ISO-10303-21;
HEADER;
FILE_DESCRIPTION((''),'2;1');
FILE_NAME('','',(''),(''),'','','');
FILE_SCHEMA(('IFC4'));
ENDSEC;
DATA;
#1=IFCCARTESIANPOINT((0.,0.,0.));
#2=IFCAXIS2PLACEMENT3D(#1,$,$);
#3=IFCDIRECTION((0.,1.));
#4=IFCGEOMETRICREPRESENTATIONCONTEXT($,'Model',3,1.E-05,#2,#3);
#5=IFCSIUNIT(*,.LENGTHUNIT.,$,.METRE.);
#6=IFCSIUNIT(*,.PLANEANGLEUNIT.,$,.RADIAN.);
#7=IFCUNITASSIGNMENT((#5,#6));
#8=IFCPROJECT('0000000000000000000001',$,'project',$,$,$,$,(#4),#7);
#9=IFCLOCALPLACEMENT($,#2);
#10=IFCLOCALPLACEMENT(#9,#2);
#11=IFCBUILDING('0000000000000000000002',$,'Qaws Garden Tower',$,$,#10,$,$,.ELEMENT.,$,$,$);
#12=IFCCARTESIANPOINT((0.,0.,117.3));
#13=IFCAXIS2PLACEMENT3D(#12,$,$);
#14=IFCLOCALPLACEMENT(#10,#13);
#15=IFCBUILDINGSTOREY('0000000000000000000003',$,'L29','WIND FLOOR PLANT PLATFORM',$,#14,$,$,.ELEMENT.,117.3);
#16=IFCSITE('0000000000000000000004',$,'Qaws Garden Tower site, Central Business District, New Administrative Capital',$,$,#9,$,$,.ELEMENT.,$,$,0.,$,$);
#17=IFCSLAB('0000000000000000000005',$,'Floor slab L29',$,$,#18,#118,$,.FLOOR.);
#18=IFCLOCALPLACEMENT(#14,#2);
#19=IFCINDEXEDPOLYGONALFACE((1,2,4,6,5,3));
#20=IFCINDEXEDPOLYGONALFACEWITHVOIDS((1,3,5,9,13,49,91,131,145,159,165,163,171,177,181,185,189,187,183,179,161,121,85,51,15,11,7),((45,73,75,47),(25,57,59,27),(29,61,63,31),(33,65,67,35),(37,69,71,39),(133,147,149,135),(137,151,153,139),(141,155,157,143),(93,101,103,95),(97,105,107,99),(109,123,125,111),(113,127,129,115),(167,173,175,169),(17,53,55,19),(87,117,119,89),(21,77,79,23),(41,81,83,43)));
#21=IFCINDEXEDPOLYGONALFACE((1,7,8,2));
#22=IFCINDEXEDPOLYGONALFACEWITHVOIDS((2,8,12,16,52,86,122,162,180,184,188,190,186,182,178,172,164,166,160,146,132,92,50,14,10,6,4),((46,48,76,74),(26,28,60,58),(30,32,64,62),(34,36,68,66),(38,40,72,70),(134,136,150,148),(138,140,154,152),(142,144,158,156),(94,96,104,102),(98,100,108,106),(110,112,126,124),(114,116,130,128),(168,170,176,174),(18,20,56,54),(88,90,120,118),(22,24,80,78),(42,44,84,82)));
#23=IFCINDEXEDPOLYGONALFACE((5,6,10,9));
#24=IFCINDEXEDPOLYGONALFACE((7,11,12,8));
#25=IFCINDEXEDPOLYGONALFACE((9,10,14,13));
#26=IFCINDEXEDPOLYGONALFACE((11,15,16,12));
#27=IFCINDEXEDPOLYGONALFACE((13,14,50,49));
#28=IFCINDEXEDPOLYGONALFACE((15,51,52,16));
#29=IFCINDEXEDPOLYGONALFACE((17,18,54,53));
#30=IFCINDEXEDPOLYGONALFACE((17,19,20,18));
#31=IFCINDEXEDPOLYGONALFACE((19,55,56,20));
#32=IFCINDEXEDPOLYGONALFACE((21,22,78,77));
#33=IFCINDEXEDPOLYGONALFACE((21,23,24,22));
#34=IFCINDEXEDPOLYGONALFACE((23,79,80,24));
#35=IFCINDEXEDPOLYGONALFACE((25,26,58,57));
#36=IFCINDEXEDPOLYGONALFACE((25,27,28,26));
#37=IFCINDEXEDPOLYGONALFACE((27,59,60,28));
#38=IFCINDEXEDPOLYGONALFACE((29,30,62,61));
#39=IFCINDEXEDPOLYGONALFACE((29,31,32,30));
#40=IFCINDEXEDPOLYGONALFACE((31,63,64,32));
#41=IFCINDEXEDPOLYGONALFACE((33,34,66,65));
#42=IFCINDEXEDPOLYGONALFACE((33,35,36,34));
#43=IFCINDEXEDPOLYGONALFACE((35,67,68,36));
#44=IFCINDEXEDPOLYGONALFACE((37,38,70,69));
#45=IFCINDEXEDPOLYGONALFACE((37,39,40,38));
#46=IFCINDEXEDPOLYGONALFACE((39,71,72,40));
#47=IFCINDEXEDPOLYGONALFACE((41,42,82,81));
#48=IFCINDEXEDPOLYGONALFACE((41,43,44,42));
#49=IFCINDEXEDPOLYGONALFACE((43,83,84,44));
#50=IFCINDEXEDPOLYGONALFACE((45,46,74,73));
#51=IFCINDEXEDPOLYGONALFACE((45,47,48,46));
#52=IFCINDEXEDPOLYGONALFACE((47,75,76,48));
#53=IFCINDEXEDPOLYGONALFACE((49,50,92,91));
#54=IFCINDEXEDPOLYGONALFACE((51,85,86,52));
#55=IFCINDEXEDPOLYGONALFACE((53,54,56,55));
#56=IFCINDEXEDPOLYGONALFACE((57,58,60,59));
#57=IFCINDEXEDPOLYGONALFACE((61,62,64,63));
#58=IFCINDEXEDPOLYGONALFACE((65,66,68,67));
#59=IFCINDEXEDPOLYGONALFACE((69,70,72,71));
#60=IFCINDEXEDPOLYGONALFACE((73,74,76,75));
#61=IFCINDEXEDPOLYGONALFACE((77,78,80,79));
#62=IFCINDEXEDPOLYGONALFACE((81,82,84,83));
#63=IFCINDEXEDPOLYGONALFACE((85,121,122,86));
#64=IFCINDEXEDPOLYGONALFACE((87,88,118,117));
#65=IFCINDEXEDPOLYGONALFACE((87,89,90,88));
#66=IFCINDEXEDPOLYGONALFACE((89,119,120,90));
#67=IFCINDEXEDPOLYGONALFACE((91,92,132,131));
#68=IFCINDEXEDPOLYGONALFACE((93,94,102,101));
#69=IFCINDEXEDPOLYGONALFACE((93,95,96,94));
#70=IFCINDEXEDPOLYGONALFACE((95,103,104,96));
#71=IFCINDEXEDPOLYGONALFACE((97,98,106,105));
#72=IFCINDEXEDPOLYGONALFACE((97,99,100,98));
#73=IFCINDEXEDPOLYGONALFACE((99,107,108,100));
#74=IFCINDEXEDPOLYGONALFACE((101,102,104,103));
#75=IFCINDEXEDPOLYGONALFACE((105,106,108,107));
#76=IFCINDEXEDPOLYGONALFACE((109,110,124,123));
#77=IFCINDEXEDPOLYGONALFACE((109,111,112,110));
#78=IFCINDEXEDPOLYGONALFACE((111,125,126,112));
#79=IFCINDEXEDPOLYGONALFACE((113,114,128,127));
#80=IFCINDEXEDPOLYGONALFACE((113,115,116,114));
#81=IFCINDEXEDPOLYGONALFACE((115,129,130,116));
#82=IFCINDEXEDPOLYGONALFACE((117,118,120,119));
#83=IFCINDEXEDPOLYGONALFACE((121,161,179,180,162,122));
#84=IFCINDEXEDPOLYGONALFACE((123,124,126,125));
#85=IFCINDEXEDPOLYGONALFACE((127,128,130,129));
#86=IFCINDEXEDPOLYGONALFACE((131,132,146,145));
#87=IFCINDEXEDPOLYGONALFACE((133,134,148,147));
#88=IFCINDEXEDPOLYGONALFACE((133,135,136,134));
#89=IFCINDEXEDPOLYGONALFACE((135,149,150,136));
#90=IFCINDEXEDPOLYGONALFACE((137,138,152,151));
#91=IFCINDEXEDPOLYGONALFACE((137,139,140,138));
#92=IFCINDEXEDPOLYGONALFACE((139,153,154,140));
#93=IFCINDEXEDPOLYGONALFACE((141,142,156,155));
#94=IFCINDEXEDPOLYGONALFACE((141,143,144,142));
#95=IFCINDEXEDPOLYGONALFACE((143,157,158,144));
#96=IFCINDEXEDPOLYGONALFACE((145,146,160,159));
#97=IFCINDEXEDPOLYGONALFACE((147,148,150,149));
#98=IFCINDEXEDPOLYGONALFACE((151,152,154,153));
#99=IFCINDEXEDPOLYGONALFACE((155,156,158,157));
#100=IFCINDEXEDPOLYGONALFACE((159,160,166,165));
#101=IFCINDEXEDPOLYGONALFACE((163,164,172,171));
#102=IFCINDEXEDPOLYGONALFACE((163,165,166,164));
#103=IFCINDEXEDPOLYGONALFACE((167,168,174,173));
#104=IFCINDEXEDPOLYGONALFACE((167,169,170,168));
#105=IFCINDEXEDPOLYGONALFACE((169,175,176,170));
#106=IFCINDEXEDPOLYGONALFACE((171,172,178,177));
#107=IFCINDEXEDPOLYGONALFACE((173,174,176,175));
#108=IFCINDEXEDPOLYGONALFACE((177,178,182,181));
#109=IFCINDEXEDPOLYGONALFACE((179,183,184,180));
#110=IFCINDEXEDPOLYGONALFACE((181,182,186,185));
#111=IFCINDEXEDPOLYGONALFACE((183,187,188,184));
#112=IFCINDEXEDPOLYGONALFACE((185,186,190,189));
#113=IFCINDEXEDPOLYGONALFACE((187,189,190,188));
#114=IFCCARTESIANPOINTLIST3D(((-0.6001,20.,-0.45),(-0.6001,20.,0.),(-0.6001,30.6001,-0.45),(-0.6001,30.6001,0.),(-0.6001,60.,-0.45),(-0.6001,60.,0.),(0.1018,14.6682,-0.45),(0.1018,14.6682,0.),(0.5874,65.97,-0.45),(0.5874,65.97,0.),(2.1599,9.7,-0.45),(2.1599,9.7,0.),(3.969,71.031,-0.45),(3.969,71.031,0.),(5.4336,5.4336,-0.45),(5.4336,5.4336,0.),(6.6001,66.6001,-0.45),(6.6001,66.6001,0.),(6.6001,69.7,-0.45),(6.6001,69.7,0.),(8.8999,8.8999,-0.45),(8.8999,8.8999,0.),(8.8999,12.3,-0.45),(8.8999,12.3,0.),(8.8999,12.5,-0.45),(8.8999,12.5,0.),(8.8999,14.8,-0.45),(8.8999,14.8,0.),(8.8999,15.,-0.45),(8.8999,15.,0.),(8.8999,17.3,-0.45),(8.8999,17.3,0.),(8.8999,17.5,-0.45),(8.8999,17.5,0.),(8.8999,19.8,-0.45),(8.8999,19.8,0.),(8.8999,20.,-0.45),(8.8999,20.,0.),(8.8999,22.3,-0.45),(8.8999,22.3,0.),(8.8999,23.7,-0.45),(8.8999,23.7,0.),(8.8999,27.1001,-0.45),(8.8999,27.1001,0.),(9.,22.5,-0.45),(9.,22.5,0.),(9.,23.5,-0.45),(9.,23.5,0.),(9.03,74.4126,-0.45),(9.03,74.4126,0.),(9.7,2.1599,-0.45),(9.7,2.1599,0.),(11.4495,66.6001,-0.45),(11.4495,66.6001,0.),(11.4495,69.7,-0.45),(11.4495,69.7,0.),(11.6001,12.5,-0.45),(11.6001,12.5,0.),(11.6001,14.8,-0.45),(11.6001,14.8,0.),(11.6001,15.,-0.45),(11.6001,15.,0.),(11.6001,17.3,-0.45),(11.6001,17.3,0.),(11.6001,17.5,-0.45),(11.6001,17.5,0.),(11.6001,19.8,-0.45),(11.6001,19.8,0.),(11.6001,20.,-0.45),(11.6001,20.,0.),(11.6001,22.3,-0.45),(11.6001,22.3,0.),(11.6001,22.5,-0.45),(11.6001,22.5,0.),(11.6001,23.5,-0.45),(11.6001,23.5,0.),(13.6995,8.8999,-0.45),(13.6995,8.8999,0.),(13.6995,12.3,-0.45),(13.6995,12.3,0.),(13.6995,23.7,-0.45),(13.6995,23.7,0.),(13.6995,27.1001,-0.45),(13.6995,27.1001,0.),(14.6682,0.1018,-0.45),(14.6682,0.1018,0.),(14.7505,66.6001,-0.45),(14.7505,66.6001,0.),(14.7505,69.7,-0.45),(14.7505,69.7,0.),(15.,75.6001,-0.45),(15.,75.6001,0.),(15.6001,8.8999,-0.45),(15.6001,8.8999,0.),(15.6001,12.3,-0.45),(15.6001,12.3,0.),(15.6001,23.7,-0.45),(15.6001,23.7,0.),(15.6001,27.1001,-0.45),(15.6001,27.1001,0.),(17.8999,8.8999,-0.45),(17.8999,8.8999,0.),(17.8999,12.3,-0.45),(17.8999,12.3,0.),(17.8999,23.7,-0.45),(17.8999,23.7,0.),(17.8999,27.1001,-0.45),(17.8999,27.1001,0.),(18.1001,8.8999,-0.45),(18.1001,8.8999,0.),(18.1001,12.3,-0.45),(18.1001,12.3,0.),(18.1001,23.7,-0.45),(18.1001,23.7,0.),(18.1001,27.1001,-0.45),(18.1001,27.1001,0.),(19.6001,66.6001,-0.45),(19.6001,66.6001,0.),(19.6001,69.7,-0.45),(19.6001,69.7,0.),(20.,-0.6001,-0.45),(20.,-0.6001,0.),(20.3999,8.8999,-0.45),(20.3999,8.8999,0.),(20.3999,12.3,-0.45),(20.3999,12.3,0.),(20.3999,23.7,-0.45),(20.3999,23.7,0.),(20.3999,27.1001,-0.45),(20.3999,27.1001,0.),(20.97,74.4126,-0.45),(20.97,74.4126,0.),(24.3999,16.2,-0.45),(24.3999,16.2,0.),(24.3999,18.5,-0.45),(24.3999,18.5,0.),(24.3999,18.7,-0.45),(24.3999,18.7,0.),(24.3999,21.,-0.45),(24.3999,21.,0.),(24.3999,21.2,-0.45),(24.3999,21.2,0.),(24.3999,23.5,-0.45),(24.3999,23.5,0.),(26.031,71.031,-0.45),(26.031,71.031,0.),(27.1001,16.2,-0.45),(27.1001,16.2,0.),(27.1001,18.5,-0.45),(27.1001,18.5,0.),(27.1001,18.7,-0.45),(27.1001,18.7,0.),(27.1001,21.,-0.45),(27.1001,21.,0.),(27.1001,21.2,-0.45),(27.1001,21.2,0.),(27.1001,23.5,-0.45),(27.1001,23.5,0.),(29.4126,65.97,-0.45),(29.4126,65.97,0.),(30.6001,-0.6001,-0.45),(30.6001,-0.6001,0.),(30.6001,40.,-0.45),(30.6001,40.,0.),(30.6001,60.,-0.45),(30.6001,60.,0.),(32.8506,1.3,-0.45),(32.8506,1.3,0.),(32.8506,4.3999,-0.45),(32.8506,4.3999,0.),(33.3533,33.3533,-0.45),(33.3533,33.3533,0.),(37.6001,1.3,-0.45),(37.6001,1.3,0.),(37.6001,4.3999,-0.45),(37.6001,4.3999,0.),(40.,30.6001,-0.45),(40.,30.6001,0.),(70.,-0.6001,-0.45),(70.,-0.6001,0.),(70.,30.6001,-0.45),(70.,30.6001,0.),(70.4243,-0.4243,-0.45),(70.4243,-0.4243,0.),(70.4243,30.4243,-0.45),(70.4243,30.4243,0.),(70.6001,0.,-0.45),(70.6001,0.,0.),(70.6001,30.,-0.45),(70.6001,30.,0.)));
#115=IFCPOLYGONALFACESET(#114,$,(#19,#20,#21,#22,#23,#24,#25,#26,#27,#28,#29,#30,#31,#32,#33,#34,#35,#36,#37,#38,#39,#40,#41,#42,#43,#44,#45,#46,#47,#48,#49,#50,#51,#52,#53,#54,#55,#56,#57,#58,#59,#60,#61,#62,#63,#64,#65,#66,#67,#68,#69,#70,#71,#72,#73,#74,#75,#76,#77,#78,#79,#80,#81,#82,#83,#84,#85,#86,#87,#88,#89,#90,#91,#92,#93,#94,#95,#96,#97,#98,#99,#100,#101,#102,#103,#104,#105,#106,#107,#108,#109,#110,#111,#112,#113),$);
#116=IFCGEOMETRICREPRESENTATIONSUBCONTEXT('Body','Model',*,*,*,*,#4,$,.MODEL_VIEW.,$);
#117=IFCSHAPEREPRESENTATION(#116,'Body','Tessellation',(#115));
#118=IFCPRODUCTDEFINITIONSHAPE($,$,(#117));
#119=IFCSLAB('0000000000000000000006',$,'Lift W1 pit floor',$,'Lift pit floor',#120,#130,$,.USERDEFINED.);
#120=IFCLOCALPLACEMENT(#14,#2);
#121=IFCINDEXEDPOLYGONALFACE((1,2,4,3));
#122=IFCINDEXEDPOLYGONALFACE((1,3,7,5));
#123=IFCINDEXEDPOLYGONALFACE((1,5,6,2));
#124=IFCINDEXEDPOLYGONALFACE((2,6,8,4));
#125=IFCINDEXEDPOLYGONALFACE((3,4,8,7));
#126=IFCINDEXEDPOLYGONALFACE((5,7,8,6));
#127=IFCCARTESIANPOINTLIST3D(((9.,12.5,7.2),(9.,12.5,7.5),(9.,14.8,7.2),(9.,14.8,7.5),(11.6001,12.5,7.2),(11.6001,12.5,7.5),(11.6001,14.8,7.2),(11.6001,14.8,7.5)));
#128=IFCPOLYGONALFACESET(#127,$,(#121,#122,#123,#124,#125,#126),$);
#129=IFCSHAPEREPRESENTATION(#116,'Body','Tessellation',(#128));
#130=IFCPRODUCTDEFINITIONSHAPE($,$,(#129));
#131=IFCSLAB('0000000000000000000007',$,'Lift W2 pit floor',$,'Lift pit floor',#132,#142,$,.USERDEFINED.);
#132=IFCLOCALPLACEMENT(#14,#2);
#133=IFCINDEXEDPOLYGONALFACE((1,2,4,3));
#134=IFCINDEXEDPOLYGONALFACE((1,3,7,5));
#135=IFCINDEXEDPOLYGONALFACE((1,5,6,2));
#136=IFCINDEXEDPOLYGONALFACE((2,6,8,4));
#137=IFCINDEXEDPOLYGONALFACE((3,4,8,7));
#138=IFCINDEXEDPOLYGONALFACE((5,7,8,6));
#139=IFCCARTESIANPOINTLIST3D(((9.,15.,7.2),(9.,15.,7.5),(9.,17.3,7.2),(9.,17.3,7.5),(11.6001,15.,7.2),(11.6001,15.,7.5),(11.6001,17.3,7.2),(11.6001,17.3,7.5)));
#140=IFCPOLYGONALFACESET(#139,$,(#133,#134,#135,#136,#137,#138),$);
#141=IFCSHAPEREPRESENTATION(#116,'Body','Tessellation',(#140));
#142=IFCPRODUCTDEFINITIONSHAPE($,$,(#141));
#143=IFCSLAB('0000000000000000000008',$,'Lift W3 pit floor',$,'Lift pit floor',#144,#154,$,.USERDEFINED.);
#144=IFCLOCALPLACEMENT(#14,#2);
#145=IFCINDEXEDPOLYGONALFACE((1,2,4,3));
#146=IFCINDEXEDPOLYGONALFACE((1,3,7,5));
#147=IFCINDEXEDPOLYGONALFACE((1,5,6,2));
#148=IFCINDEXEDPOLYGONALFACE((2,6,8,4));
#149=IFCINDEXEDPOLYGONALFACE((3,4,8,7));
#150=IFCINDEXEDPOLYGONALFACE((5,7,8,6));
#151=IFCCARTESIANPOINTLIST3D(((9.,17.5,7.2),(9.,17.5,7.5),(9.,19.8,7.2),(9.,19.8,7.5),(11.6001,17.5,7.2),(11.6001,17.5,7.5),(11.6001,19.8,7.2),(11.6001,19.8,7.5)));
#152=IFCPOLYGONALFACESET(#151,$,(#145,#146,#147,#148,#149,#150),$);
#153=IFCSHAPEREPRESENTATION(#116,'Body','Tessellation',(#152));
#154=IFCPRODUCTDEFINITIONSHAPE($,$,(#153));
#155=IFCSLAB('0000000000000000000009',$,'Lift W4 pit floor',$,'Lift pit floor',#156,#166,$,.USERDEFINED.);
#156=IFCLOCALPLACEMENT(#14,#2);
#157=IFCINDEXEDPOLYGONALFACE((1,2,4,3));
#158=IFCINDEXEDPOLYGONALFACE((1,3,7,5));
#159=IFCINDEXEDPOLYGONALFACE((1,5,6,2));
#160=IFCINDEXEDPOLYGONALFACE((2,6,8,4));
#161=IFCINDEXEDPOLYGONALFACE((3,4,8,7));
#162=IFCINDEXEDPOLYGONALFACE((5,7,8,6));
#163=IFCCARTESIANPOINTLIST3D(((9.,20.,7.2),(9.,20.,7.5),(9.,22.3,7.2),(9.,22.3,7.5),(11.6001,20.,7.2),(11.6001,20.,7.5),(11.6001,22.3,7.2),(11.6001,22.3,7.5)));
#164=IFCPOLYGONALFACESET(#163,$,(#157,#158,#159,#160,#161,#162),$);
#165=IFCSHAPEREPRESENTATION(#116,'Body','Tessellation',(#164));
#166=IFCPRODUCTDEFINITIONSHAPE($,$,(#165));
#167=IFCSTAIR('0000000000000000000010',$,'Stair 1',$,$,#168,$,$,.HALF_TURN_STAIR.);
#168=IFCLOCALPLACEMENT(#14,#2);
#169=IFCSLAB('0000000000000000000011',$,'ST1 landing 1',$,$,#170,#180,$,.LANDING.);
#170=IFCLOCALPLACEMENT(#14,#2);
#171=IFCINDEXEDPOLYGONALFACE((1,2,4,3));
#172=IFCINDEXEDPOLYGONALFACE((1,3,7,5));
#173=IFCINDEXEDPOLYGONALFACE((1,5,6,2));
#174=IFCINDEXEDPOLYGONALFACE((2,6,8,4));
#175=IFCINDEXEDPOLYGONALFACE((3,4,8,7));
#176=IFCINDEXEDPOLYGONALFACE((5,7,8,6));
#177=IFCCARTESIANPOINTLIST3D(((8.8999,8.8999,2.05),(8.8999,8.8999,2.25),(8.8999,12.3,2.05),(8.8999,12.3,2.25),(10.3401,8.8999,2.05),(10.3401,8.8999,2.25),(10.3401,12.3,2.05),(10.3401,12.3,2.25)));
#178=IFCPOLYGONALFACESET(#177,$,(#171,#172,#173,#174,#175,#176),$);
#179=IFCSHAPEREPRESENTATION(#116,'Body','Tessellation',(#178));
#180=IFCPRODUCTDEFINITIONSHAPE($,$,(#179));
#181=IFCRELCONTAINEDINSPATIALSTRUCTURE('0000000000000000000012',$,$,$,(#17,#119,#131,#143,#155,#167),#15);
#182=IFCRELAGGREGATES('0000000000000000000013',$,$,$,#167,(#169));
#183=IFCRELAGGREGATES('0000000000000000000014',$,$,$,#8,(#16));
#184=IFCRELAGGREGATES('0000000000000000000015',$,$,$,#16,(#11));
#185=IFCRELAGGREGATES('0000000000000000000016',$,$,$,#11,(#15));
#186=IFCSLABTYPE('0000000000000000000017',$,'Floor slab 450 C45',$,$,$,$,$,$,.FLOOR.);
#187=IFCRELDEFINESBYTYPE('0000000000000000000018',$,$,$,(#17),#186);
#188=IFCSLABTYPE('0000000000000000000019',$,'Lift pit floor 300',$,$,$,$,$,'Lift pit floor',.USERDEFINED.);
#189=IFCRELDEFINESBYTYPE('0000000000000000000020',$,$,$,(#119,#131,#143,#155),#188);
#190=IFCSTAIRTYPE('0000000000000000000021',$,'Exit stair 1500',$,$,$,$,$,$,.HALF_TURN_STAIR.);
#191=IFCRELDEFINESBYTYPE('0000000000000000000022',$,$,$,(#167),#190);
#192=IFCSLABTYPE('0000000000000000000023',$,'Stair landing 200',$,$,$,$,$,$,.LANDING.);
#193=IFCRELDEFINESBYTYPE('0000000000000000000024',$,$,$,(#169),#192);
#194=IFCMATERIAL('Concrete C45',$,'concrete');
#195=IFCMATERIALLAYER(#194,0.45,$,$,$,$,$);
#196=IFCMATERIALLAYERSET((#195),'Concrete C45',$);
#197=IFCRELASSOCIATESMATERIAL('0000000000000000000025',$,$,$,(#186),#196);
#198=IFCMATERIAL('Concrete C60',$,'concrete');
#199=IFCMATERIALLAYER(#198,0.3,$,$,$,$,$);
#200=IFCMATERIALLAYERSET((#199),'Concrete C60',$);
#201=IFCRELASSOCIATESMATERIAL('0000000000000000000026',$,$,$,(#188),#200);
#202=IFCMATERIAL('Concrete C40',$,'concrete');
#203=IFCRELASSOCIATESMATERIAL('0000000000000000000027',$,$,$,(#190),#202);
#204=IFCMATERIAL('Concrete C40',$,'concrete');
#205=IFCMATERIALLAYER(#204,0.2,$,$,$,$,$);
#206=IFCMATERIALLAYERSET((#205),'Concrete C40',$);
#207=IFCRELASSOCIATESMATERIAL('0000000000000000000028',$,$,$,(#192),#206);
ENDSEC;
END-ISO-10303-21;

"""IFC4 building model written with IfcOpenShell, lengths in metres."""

from ifc_helpers import new_model, si_unit, direction, frame, origin, place, context, subcontext, project, spatial, polyline, outline, extrude, material, layer, layer_set, type_object, element, aggregate, save


model = new_model("IFC4")

# Units and contexts
model_context = context("Model", 3, precision=1e-05, world=origin(), true_north=direction((0.0, 1.0)))
body_context = subcontext(model_context, "Body", "Model", "MODEL_VIEW")
ifc_project = project(units=[si_unit("LENGTHUNIT", "METRE"), si_unit("PLANEANGLEUNIT", "RADIAN")], contexts=[model_context])

# Site, building, storey
site_placement = place(None, origin())
site = spatial("IfcSite", under=ifc_project, at=site_placement, Name="Qaws Garden Tower site, Central Business District, New Administrative Capital", CompositionType="ELEMENT", RefElevation=0.0)
building_placement = place(site_placement, origin())
building = spatial("IfcBuilding", under=site, at=building_placement, Name="Qaws Garden Tower", CompositionType="ELEMENT")
storey_placement = place(building_placement, frame((0.0, 0.0, 117.3)))
storey = spatial("IfcBuildingStorey", under=building, at=storey_placement, Name="L29", Description="WIND FLOOR PLANT PLATFORM", CompositionType="ELEMENT", Elevation=117.3)

# Slabs
ifc_material_1 = material(Name="Concrete C45", Category="concrete")
ifc_layer_1 = layer(ifc_material_1, 0.45)
ifc_layer_set_1 = layer_set([ifc_layer_1], Name="Concrete C45")
slab_type_1 = type_object("IfcSlabType", Name="Floor slab 450 C45", PredefinedType="FLOOR", material=ifc_layer_set_1)
slab_1_placement = place(storey_placement, frame((0.0, 0.0, -0.45)))
element("IfcSlab", 1, at=slab_1_placement, inside=storey, type_object=slab_type_1, Name="Floor slab L29", PredefinedType="FLOOR", context=body_context, shape_type="SweptSolid", body=[
    extrude(outline(polyline([(0.1018, 14.6682), (-0.6001, 20.0), (-0.6001, 30.6001), (-0.6001, 60.0), (-0.6001, 60.0), (0.5874, 65.97), (3.969, 71.031), (9.03, 74.4126), (15.0, 75.6001), (20.97, 74.4126), (26.031, 71.031), (29.4126, 65.97), (30.6001, 60.0), (30.6001, 40.0), (33.3533, 33.3533), (40.0, 30.6001), (70.0, 30.6001), (70.4243, 30.4243), (70.6001, 30.0), (70.6001, 0.0), (70.4243, -0.4243), (70.0, -0.6001), (30.6001, -0.6001), (20.0, -0.6001), (14.6682, 0.1018), (9.7, 2.1599), (5.4336, 5.4336), (2.1599, 9.7), (0.1018, 14.6682)]), holes=[polyline([(13.6995, 12.3), (8.8999, 12.3), (8.8999, 8.8999), (13.6995, 8.8999), (13.6995, 12.3)]), polyline([(17.8999, 12.3), (15.6001, 12.3), (15.6001, 8.8999), (17.8999, 8.8999), (17.8999, 12.3)]), polyline([(11.6001, 14.8), (8.8999, 14.8), (8.8999, 12.5), (11.6001, 12.5), (11.6001, 14.8)]), polyline([(11.6001, 17.3), (8.8999, 17.3), (8.8999, 15.0), (11.6001, 15.0), (11.6001, 17.3)]), polyline([(11.6001, 19.8), (8.8999, 19.8), (8.8999, 17.5), (11.6001, 17.5), (11.6001, 19.8)]), polyline([(11.6001, 22.3), (8.8999, 22.3), (8.8999, 20.0), (11.6001, 20.0), (11.6001, 22.3)]), polyline([(11.6001, 23.5), (9.0, 23.5), (9.0, 22.5), (11.6001, 22.5), (11.6001, 23.5)]), polyline([(13.6995, 27.1001), (8.8999, 27.1001), (8.8999, 23.7), (13.6995, 23.7), (13.6995, 27.1001)]), polyline([(11.4495, 69.7), (6.6001, 69.7), (6.6001, 66.6001), (11.4495, 66.6001), (11.4495, 69.7)]), polyline([(37.6001, 4.3999), (32.8506, 4.3999), (32.8506, 1.3), (37.6001, 1.3), (37.6001, 4.3999)]), polyline([(20.3999, 12.3), (18.1001, 12.3), (18.1001, 8.8999), (20.3999, 8.8999), (20.3999, 12.3)]), polyline([(27.1001, 18.5), (24.3999, 18.5), (24.3999, 16.2), (27.1001, 16.2), (27.1001, 18.5)]), polyline([(27.1001, 21.0), (24.3999, 21.0), (24.3999, 18.7), (27.1001, 18.7), (27.1001, 21.0)]), polyline([(27.1001, 23.5), (24.3999, 23.5), (24.3999, 21.2), (27.1001, 21.2), (27.1001, 23.5)]), polyline([(17.8999, 27.1001), (15.6001, 27.1001), (15.6001, 23.7), (17.8999, 23.7), (17.8999, 27.1001)]), polyline([(20.3999, 23.7), (20.3999, 27.1001), (18.1001, 27.1001), (18.1001, 23.7), (20.3999, 23.7)]), polyline([(19.6001, 66.6001), (19.6001, 69.7), (14.7505, 69.7), (14.7505, 66.6001), (19.6001, 66.6001)])]), origin(), (0.0, 0.0, 1.0), 0.45),
])
ifc_material_2 = material(Name="Concrete C60", Category="concrete")
ifc_layer_2 = layer(ifc_material_2, 0.3)
ifc_layer_set_2 = layer_set([ifc_layer_2], Name="Concrete C60")
slab_type_2 = type_object("IfcSlabType", Name="Lift pit floor 300", ElementType="Lift pit floor", PredefinedType="USERDEFINED", material=ifc_layer_set_2)
placement_1 = place(storey_placement, frame((0.0, 0.0, 7.2)))
element("IfcSlab", 2, at=placement_1, inside=storey, type_object=slab_type_2, Name="Lift W1 pit floor", ObjectType="Lift pit floor", PredefinedType="USERDEFINED", context=body_context, shape_type="SweptSolid", body=[
    extrude(outline(polyline([(9.0, 12.5), (11.6001, 12.5), (11.6001, 14.8), (9.0, 14.8), (9.0, 12.5)])), origin(), (0.0, 0.0, 1.0), 0.3),
])
element("IfcSlab", 3, at=placement_1, inside=storey, type_object=slab_type_2, Name="Lift W2 pit floor", ObjectType="Lift pit floor", PredefinedType="USERDEFINED", context=body_context, shape_type="SweptSolid", body=[
    extrude(outline(polyline([(9.0, 15.0), (11.6001, 15.0), (11.6001, 17.3), (9.0, 17.3), (9.0, 15.0)])), origin(), (0.0, 0.0, 1.0), 0.3),
])
element("IfcSlab", 4, at=placement_1, inside=storey, type_object=slab_type_2, Name="Lift W3 pit floor", ObjectType="Lift pit floor", PredefinedType="USERDEFINED", context=body_context, shape_type="SweptSolid", body=[
    extrude(outline(polyline([(9.0, 17.5), (11.6001, 17.5), (11.6001, 19.8), (9.0, 19.8), (9.0, 17.5)])), origin(), (0.0, 0.0, 1.0), 0.3),
])
element("IfcSlab", 5, at=placement_1, inside=storey, type_object=slab_type_2, Name="Lift W4 pit floor", ObjectType="Lift pit floor", PredefinedType="USERDEFINED", context=body_context, shape_type="SweptSolid", body=[
    extrude(outline(polyline([(9.0, 20.0), (11.6001, 20.0), (11.6001, 22.3), (9.0, 22.3), (9.0, 20.0)])), origin(), (0.0, 0.0, 1.0), 0.3),
])

# Stair, slab
ifc_material_3 = material(Name="Concrete C40", Category="concrete")
stair_type_1 = type_object("IfcStairType", Name="Exit stair 1500", PredefinedType="HALF_TURN_STAIR", material=ifc_material_3)
placement_2 = place(storey_placement, origin())
stair_1 = element("IfcStair", 6, at=placement_2, inside=storey, type_object=stair_type_1, Name="Stair 1", PredefinedType="HALF_TURN_STAIR")
ifc_material_4 = material(Name="Concrete C40", Category="concrete")
ifc_layer_3 = layer(ifc_material_4, 0.2)
ifc_layer_set_3 = layer_set([ifc_layer_3], Name="Concrete C40")
slab_type_3 = type_object("IfcSlabType", Name="Stair landing 200", PredefinedType="LANDING", material=ifc_layer_set_3)
placement_3 = place(storey_placement, frame((0.0, 0.0, 2.05)))
slab_2 = element("IfcSlab", 7, at=placement_3, type_object=slab_type_3, Name="ST1 landing 1", PredefinedType="LANDING", context=body_context, shape_type="SweptSolid", body=[
    extrude(outline(polyline([(8.8999, 8.8999), (10.3401, 8.8999), (10.3401, 12.3), (8.8999, 12.3), (8.8999, 8.8999)])), origin(), (0.0, 0.0, 1.0), 0.2),
])
aggregate(stair_1, [slab_2])

save(model, "model.ifc")
